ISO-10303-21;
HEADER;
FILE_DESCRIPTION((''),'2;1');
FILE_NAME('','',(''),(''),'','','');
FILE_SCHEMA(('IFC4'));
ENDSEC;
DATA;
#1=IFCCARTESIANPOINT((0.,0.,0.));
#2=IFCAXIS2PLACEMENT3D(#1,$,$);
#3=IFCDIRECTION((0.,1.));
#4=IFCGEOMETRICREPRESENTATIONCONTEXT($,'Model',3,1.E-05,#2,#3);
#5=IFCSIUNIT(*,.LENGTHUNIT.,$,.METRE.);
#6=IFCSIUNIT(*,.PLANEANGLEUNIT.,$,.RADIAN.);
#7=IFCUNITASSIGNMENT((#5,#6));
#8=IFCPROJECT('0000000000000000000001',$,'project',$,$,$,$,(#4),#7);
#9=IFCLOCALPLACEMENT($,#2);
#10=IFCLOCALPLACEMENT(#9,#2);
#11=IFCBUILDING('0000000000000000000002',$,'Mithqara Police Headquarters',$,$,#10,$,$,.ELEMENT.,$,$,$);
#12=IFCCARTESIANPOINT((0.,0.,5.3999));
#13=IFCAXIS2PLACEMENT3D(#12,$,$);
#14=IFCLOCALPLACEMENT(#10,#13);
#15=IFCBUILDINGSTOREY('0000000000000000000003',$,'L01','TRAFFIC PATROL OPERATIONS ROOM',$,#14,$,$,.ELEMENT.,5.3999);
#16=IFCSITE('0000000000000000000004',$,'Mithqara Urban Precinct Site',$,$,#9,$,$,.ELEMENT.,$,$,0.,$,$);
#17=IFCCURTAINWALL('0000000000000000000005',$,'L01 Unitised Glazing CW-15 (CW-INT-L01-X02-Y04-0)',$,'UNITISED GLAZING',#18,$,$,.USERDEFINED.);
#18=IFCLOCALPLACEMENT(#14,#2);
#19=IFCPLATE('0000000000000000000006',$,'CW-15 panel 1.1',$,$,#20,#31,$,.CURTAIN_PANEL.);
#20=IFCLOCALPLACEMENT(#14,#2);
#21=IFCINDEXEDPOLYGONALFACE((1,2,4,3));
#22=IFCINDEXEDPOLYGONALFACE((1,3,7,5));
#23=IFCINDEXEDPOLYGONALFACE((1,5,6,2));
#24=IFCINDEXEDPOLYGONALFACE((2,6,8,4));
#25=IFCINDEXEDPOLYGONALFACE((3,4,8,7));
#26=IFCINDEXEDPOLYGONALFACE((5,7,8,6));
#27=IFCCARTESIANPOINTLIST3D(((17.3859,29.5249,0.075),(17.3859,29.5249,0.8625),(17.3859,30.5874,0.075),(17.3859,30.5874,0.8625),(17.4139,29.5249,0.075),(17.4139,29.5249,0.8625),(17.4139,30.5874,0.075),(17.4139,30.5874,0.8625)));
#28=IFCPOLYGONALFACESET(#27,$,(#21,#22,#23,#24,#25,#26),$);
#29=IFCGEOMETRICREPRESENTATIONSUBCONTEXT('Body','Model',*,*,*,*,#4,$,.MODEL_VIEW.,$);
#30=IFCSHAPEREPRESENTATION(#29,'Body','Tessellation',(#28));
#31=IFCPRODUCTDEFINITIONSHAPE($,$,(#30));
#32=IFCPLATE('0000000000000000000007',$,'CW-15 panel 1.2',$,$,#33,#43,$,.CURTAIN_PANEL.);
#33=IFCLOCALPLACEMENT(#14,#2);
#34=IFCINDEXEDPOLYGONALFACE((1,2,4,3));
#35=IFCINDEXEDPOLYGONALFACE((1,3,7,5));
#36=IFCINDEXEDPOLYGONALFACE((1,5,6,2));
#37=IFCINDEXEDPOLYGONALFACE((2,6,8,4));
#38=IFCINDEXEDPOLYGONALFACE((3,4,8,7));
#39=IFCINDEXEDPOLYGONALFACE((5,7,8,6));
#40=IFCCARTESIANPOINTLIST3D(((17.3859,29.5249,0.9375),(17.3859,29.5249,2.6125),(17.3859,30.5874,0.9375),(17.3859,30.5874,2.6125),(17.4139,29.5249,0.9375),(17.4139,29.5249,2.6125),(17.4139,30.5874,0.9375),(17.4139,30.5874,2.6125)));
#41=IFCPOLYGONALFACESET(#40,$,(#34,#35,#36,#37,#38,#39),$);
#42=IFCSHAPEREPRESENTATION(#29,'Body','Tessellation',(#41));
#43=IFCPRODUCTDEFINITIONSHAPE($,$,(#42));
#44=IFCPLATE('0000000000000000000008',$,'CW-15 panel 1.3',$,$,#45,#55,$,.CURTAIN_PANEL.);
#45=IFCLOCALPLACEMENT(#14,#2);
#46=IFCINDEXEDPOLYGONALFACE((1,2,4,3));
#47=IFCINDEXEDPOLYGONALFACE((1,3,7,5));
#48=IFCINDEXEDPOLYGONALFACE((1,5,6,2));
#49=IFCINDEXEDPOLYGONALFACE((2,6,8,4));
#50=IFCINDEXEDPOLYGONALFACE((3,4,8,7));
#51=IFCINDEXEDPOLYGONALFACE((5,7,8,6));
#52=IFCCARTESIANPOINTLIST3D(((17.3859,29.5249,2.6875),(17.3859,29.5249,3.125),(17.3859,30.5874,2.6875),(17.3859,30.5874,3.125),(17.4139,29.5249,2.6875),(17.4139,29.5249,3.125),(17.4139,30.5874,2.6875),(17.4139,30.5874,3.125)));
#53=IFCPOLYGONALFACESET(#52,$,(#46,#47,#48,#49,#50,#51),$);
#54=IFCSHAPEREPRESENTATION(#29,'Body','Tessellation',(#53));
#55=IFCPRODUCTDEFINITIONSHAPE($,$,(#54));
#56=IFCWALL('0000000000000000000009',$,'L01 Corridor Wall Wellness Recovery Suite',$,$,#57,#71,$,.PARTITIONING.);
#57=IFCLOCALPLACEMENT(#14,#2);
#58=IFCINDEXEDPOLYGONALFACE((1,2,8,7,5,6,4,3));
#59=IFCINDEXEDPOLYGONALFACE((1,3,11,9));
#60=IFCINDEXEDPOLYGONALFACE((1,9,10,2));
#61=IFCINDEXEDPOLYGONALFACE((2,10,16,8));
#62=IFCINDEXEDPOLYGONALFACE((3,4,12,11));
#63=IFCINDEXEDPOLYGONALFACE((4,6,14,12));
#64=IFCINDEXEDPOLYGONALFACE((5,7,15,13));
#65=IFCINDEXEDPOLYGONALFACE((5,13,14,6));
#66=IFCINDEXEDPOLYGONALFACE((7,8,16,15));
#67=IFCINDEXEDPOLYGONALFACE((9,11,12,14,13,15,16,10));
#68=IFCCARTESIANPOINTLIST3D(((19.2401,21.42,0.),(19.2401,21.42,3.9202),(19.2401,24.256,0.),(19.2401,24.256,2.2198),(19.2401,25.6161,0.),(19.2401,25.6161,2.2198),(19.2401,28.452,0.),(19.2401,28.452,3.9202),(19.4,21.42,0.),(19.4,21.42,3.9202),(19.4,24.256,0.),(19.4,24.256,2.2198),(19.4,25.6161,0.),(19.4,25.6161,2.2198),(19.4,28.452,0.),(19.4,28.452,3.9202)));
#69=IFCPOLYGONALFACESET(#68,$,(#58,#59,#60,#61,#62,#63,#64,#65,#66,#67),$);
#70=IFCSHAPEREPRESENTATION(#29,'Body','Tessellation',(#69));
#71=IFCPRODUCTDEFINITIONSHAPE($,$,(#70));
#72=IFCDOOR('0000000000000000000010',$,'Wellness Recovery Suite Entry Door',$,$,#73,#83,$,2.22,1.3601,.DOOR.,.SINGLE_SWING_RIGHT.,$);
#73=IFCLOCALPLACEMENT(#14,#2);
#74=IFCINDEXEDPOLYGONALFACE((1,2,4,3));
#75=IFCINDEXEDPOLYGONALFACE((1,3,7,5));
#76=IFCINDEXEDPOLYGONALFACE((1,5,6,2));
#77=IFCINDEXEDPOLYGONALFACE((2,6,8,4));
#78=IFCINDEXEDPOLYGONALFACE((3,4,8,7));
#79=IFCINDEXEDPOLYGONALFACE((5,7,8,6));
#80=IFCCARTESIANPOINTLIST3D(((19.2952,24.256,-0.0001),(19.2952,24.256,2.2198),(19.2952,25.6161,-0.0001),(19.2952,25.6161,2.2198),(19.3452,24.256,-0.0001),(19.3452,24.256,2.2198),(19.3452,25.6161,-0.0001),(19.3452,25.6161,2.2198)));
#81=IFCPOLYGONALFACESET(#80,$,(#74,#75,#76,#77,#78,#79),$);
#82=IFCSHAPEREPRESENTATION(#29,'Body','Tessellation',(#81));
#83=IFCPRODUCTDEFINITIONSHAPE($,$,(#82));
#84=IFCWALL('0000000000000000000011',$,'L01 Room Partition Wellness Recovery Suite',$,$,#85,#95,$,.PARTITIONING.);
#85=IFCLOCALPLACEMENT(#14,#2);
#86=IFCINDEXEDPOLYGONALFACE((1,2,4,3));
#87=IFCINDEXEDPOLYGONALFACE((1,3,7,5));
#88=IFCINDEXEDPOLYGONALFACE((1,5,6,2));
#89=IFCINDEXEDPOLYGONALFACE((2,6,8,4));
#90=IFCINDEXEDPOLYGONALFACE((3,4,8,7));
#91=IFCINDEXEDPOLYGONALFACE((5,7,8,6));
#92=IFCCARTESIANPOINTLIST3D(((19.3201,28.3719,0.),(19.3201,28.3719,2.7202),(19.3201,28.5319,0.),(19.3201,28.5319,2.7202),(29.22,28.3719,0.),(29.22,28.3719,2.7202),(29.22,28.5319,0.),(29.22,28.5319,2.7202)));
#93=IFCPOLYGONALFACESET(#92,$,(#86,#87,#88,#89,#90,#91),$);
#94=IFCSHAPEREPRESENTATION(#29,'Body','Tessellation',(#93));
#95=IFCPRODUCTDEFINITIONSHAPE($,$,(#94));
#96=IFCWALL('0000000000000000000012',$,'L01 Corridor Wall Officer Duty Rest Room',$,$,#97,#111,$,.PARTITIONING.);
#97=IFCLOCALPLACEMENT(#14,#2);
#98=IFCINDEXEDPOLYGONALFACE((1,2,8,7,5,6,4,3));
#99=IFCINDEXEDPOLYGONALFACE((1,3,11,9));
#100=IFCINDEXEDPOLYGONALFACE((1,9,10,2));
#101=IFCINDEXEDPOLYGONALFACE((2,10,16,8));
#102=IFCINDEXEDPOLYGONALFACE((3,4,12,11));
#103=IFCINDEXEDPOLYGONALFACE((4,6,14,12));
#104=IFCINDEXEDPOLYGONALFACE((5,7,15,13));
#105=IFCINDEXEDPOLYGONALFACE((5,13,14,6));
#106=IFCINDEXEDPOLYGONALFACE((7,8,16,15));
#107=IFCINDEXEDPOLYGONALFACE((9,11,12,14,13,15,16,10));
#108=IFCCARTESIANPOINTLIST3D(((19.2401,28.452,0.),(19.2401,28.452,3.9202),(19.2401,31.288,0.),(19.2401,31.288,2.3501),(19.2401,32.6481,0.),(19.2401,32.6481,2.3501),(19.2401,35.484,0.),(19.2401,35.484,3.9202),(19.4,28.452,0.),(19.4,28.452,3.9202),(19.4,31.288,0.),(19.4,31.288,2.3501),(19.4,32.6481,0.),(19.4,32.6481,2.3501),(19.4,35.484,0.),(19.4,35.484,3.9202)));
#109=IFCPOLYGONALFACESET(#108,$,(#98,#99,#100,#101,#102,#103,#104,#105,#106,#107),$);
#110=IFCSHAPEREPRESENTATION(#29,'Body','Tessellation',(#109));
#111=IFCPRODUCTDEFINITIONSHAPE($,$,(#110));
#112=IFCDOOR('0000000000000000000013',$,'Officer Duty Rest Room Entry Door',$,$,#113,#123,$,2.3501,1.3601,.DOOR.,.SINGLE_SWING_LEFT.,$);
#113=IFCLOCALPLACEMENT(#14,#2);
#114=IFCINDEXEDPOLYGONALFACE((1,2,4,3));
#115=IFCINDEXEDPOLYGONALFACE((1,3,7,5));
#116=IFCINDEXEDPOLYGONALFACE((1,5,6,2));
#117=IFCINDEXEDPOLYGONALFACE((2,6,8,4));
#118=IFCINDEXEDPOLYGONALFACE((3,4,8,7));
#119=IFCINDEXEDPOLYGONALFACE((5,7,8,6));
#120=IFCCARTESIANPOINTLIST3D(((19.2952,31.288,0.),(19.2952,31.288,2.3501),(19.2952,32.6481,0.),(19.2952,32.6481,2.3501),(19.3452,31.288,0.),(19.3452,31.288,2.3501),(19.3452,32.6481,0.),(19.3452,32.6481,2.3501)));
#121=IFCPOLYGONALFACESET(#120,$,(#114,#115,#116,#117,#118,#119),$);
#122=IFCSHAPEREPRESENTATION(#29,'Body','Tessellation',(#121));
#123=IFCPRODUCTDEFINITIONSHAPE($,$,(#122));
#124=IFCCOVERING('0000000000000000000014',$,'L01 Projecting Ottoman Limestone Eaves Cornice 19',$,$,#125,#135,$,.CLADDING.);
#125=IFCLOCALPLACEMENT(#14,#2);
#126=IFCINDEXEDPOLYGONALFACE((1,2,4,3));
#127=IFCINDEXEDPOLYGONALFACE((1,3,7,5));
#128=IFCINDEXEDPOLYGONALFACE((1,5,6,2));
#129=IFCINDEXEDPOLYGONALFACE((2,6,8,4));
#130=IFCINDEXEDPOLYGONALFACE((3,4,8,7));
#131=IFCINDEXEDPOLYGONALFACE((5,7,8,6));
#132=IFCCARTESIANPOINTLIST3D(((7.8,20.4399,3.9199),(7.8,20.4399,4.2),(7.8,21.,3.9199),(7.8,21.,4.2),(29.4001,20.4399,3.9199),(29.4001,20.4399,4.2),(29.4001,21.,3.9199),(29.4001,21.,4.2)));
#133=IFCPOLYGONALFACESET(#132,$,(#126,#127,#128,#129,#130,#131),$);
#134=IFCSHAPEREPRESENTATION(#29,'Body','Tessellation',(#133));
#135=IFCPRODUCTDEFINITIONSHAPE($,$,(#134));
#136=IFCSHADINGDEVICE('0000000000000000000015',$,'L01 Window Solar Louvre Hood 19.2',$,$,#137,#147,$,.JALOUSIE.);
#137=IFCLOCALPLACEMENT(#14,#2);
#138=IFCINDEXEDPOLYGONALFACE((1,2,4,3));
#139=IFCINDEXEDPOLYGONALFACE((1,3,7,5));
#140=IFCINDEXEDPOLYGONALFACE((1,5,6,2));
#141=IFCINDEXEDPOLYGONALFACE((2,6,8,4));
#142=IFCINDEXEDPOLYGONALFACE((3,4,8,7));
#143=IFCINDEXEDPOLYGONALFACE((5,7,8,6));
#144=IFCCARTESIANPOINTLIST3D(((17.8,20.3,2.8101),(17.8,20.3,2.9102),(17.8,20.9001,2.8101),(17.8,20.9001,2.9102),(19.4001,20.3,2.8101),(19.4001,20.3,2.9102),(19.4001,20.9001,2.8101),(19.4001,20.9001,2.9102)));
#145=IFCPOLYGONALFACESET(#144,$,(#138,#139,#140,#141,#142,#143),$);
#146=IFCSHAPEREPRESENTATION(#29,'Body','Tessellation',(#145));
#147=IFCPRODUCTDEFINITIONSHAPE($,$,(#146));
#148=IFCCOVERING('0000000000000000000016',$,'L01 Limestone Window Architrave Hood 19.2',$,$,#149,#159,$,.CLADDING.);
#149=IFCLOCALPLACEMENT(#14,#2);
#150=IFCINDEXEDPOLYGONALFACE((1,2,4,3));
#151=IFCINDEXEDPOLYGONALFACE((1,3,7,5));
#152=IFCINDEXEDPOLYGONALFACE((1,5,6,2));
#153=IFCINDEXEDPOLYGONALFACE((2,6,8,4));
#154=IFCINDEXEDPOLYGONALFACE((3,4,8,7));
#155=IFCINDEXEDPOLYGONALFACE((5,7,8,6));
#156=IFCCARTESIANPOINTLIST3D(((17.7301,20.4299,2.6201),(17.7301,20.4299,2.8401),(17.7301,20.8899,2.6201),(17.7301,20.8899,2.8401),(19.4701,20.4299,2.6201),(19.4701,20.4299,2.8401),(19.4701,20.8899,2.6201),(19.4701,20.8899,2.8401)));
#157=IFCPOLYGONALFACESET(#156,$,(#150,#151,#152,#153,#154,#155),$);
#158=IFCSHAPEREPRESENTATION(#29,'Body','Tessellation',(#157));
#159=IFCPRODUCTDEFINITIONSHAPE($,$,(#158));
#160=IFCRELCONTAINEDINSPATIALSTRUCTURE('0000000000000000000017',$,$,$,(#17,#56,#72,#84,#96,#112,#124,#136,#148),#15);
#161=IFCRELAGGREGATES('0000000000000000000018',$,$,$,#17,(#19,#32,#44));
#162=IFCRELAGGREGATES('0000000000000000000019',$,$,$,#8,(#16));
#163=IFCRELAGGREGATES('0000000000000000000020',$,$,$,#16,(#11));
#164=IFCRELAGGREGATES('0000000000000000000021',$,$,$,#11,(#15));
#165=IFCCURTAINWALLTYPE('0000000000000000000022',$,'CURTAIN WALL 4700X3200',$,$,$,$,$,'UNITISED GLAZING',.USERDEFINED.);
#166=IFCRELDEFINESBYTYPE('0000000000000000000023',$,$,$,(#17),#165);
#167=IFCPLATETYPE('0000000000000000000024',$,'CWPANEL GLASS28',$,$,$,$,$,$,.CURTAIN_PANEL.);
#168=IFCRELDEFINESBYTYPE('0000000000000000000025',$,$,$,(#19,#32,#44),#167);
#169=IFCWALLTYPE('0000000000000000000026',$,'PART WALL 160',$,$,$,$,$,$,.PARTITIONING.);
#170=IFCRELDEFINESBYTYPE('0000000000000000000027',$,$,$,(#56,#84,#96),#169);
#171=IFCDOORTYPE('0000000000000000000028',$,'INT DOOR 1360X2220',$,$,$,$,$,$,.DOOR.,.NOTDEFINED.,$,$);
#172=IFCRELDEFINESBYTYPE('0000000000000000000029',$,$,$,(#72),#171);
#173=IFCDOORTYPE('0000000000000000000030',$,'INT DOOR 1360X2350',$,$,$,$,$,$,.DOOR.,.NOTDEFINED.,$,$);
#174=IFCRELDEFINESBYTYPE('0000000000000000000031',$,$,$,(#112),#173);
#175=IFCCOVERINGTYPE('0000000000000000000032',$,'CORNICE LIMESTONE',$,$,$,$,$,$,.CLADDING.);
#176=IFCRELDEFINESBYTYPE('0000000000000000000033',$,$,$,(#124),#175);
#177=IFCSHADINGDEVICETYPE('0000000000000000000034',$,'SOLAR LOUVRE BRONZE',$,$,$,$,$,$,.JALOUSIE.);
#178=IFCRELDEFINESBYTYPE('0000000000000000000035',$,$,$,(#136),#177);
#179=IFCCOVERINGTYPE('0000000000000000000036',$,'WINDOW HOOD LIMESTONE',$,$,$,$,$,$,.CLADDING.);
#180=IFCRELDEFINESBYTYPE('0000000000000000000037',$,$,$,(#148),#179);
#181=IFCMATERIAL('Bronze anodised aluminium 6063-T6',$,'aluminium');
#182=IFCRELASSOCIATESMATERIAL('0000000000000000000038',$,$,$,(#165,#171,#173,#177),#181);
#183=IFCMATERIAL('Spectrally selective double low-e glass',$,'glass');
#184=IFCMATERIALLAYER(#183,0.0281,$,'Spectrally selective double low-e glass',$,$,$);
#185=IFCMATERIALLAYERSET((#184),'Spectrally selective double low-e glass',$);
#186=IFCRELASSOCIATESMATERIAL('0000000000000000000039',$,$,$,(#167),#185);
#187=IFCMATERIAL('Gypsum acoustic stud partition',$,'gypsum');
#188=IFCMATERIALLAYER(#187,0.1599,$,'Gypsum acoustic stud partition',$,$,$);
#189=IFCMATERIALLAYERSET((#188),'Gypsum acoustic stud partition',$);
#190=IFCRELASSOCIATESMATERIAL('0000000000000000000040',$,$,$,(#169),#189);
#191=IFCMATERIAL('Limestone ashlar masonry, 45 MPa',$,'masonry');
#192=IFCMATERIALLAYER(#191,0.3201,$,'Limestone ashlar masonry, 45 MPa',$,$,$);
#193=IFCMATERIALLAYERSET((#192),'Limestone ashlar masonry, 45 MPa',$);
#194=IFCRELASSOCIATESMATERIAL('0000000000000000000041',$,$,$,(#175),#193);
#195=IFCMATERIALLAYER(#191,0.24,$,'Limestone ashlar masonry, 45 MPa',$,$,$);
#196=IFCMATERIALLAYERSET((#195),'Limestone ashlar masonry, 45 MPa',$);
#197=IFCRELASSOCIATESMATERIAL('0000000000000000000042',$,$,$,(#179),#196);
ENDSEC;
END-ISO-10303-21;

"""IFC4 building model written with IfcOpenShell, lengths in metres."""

from ifc_helpers import new_model, si_unit, direction, frame, frame_2d, origin, origin_2d, place, context, subcontext, project, spatial, rectangle, extrude, material, layer, layer_set, type_object, element, fill, aggregate, save


model = new_model("IFC4")

# Units and contexts
model_context = context("Model", 3, precision=1e-05, world=origin(), true_north=direction((0.0, 1.0)))
body_context = subcontext(model_context, "Body", "Model", "MODEL_VIEW")
ifc_project = project(units=[si_unit("LENGTHUNIT", "METRE"), si_unit("PLANEANGLEUNIT", "RADIAN")], contexts=[model_context])

# Site, building, storey
site_placement = place(None, origin())
site = spatial("IfcSite", under=ifc_project, at=site_placement, Name="Mithqara Urban Precinct Site", CompositionType="ELEMENT", RefElevation=0.0)
building_placement = place(site_placement, origin())
building = spatial("IfcBuilding", under=site, at=building_placement, Name="Mithqara Police Headquarters", CompositionType="ELEMENT")
storey_placement = place(building_placement, frame((0.0, 0.0, 5.3999)))
storey = spatial("IfcBuildingStorey", under=building, at=storey_placement, Name="L01", Description="TRAFFIC PATROL OPERATIONS ROOM", CompositionType="ELEMENT", Elevation=5.3999)

# Curtain wall, plates
ifc_material_1 = material(Name="Bronze anodised aluminium 6063-T6", Category="aluminium")
curtain_wall_type = type_object("IfcCurtainWallType", Name="CURTAIN WALL 4700X3200", ElementType="UNITISED GLAZING", PredefinedType="USERDEFINED", material=ifc_material_1)
curtain_wall_placement = place(storey_placement, origin())
curtain_wall = element("IfcCurtainWall", 1, at=curtain_wall_placement, inside=storey, type_object=curtain_wall_type, Name="L01 Unitised Glazing CW-15 (CW-INT-L01-X02-Y04-0)", ObjectType="UNITISED GLAZING", PredefinedType="USERDEFINED")
ifc_material_2 = material(Name="Spectrally selective double low-e glass", Category="glass")
ifc_layer_1 = layer(ifc_material_2, 0.0281, Name="Spectrally selective double low-e glass")
ifc_layer_set_1 = layer_set([ifc_layer_1], Name="Spectrally selective double low-e glass")
plate_type = type_object("IfcPlateType", Name="CWPANEL GLASS28", PredefinedType="CURTAIN_PANEL", material=ifc_layer_set_1)
plate_1_placement = place(storey_placement, frame((17.3999, 30.0562, 0.075), z_axis=(0.0, 0.0, 1.0), x_axis=(0.0, 1.0, 0.0)))
plate_1 = element("IfcPlate", 2, at=plate_1_placement, type_object=plate_type, Name="CW-15 panel 1.1", PredefinedType="CURTAIN_PANEL", context=body_context, shape_type="SweptSolid", body=[
    extrude(rectangle(XDim=1.0625, YDim=0.0281, at=origin_2d()), origin(), (0.0, 0.0, 1.0), 0.7876),
])
plate_2_placement = place(storey_placement, frame((17.3999, 30.0562, 0.9375), z_axis=(0.0, 0.0, 1.0), x_axis=(0.0, 1.0, 0.0)))
plate_2 = element("IfcPlate", 3, at=plate_2_placement, type_object=plate_type, Name="CW-15 panel 1.2", PredefinedType="CURTAIN_PANEL", context=body_context, shape_type="SweptSolid", body=[
    extrude(rectangle(XDim=1.0625, YDim=0.0281, at=origin_2d()), origin(), (0.0, 0.0, 1.0), 1.675),
])
plate_3_placement = place(storey_placement, frame((17.3999, 30.0562, 2.6875), z_axis=(0.0, 0.0, 1.0), x_axis=(0.0, 1.0, 0.0)))
plate_3 = element("IfcPlate", 4, at=plate_3_placement, type_object=plate_type, Name="CW-15 panel 1.3", PredefinedType="CURTAIN_PANEL", context=body_context, shape_type="SweptSolid", body=[
    extrude(rectangle(XDim=1.0625, YDim=0.0281, at=origin_2d()), origin(), (0.0, 0.0, 1.0), 0.4375),
])
aggregate(curtain_wall, [plate_1, plate_2, plate_3])

# Wall, opening, door
ifc_material_3 = material(Name="Gypsum acoustic stud partition", Category="gypsum")
ifc_layer_2 = layer(ifc_material_3, 0.1599, Name="Gypsum acoustic stud partition")
ifc_layer_set_2 = layer_set([ifc_layer_2], Name="Gypsum acoustic stud partition")
wall_type = type_object("IfcWallType", Name="PART WALL 160", PredefinedType="PARTITIONING", material=ifc_layer_set_2)
wall_1_placement = place(storey_placement, frame((19.3201, 21.4199, 0.0), z_axis=(0.0, 0.0, 1.0), x_axis=(0.0, 1.0, 0.0)))
wall_1 = element("IfcWall", 5, at=wall_1_placement, inside=storey, type_object=wall_type, Name="L01 Corridor Wall Wellness Recovery Suite", PredefinedType="PARTITIONING", context=body_context, shape_type="SweptSolid", body=[
    extrude(rectangle(XDim=7.032, YDim=0.1599, at=frame_2d((3.5161, 0.0))), origin(), (0.0, 0.0, 1.0), 3.9202),
])
opening_1_placement = place(wall_1_placement, frame((2.8359, 0.0, 0.0)))
opening_1 = element("IfcOpeningElement", 6, at=opening_1_placement, cuts=wall_1, PredefinedType="OPENING", context=body_context, shape_type="SweptSolid", body=[
    extrude(rectangle(XDim=1.3601, YDim=2.22, at=frame_2d((0.6802, 1.1099))), frame((0.0, 0.0898, 0.0), z_axis=(0.0, -1.0, 0.0), x_axis=(1.0, 0.0, 0.0)), (0.0, 0.0, 1.0), 0.1799),
])
door_type_1 = type_object("IfcDoorType", Name="INT DOOR 1360X2220", OperationType="NOTDEFINED", PredefinedType="DOOR", material=ifc_material_1)
door_1_placement = place(opening_1_placement, origin())
door_1 = element("IfcDoor", 7, at=door_1_placement, inside=storey, type_object=door_type_1, Name="Wellness Recovery Suite Entry Door", OperationType="SINGLE_SWING_RIGHT", OverallHeight=2.22, OverallWidth=1.3601, PredefinedType="DOOR", context=body_context, shape_type="SweptSolid", body=[
    extrude(rectangle(XDim=1.3601, YDim=2.22, at=frame_2d((0.6802, 1.1099))), frame((0.0, 0.0249, 0.0), z_axis=(0.0, -1.0, 0.0), x_axis=(1.0, 0.0, 0.0)), (0.0, 0.0, 1.0), 0.05),
])
fill(opening_1, door_1)

# Wall
wall_2_placement = place(storey_placement, frame((19.3201, 28.4519, 0.0), z_axis=(0.0, 0.0, 1.0), x_axis=(1.0, 0.0, 0.0)))
element("IfcWall", 8, at=wall_2_placement, inside=storey, type_object=wall_type, Name="L01 Room Partition Wellness Recovery Suite", PredefinedType="PARTITIONING", context=body_context, shape_type="SweptSolid", body=[
    extrude(rectangle(XDim=9.8999, YDim=0.1599, at=frame_2d((4.95, 0.0))), origin(), (0.0, 0.0, 1.0), 2.7202),
])

# Wall, opening, door
wall_3_placement = place(storey_placement, frame((19.3201, 28.4519, 0.0), z_axis=(0.0, 0.0, 1.0), x_axis=(0.0, 1.0, 0.0)))
wall_3 = element("IfcWall", 9, at=wall_3_placement, inside=storey, type_object=wall_type, Name="L01 Corridor Wall Officer Duty Rest Room", PredefinedType="PARTITIONING", context=body_context, shape_type="SweptSolid", body=[
    extrude(rectangle(XDim=7.032, YDim=0.1599, at=frame_2d((3.5161, 0.0))), origin(), (0.0, 0.0, 1.0), 3.9202),
])
opening_2_placement = place(wall_3_placement, frame((2.8359, 0.0, 0.0)))
opening_2 = element("IfcOpeningElement", 10, at=opening_2_placement, cuts=wall_3, PredefinedType="OPENING", context=body_context, shape_type="SweptSolid", body=[
    extrude(rectangle(XDim=1.3601, YDim=2.3501, at=frame_2d((0.6802, 1.175))), frame((0.0, 0.0898, 0.0), z_axis=(0.0, -1.0, 0.0), x_axis=(1.0, 0.0, 0.0)), (0.0, 0.0, 1.0), 0.1799),
])
door_type_2 = type_object("IfcDoorType", Name="INT DOOR 1360X2350", OperationType="NOTDEFINED", PredefinedType="DOOR", material=ifc_material_1)
door_2_placement = place(opening_2_placement, origin())
door_2 = element("IfcDoor", 11, at=door_2_placement, inside=storey, type_object=door_type_2, Name="Officer Duty Rest Room Entry Door", OperationType="SINGLE_SWING_LEFT", OverallHeight=2.3501, OverallWidth=1.3601, PredefinedType="DOOR", context=body_context, shape_type="SweptSolid", body=[
    extrude(rectangle(XDim=1.3601, YDim=2.3501, at=frame_2d((0.6802, 1.175))), frame((0.0, 0.0249, 0.0), z_axis=(0.0, -1.0, 0.0), x_axis=(1.0, 0.0, 0.0)), (0.0, 0.0, 1.0), 0.05),
])
fill(opening_2, door_2)

# Covering
ifc_material_4 = material(Name="Limestone ashlar masonry, 45 MPa", Category="masonry")
ifc_layer_3 = layer(ifc_material_4, 0.3201, Name="Limestone ashlar masonry, 45 MPa")
ifc_layer_set_3 = layer_set([ifc_layer_3], Name="Limestone ashlar masonry, 45 MPa")
covering_type_1 = type_object("IfcCoveringType", Name="CORNICE LIMESTONE", PredefinedType="CLADDING", material=ifc_layer_set_3)
covering_1_placement = place(storey_placement, frame((18.6001, 20.72, 3.9199), z_axis=(0.0, 0.0, 1.0), x_axis=(1.0, 0.0, 0.0)))
element("IfcCovering", 12, at=covering_1_placement, inside=storey, type_object=covering_type_1, Name="L01 Projecting Ottoman Limestone Eaves Cornice 19", PredefinedType="CLADDING", context=body_context, shape_type="SweptSolid", body=[
    extrude(rectangle(XDim=21.6001, YDim=0.5601, at=origin_2d()), origin(), (0.0, 0.0, 1.0), 0.28),
])

# Shading device
shading_device_type = type_object("IfcShadingDeviceType", Name="SOLAR LOUVRE BRONZE", PredefinedType="JALOUSIE", material=ifc_material_1)
shading_device_placement = place(storey_placement, frame((18.6001, 20.6001, 2.8101), z_axis=(0.0, 0.0, 1.0), x_axis=(1.0, 0.0, 0.0)))
element("IfcShadingDevice", 13, at=shading_device_placement, inside=storey, type_object=shading_device_type, Name="L01 Window Solar Louvre Hood 19.2", PredefinedType="JALOUSIE", context=body_context, shape_type="SweptSolid", body=[
    extrude(rectangle(XDim=1.6001, YDim=0.6001, at=origin_2d()), origin(), (0.0, 0.0, 1.0), 0.1001),
])

# Covering
ifc_layer_4 = layer(ifc_material_4, 0.24, Name="Limestone ashlar masonry, 45 MPa")
ifc_layer_set_4 = layer_set([ifc_layer_4], Name="Limestone ashlar masonry, 45 MPa")
covering_type_2 = type_object("IfcCoveringType", Name="WINDOW HOOD LIMESTONE", PredefinedType="CLADDING", material=ifc_layer_set_4)
covering_2_placement = place(storey_placement, frame((18.6001, 20.6599, 2.6201), z_axis=(0.0, 0.0, 1.0), x_axis=(1.0, 0.0, 0.0)))
element("IfcCovering", 14, at=covering_2_placement, inside=storey, type_object=covering_type_2, Name="L01 Limestone Window Architrave Hood 19.2", PredefinedType="CLADDING", context=body_context, shape_type="SweptSolid", body=[
    extrude(rectangle(XDim=1.74, YDim=0.46, at=origin_2d()), origin(), (0.0, 0.0, 1.0), 0.22),
])

save(model, "model.ifc")
